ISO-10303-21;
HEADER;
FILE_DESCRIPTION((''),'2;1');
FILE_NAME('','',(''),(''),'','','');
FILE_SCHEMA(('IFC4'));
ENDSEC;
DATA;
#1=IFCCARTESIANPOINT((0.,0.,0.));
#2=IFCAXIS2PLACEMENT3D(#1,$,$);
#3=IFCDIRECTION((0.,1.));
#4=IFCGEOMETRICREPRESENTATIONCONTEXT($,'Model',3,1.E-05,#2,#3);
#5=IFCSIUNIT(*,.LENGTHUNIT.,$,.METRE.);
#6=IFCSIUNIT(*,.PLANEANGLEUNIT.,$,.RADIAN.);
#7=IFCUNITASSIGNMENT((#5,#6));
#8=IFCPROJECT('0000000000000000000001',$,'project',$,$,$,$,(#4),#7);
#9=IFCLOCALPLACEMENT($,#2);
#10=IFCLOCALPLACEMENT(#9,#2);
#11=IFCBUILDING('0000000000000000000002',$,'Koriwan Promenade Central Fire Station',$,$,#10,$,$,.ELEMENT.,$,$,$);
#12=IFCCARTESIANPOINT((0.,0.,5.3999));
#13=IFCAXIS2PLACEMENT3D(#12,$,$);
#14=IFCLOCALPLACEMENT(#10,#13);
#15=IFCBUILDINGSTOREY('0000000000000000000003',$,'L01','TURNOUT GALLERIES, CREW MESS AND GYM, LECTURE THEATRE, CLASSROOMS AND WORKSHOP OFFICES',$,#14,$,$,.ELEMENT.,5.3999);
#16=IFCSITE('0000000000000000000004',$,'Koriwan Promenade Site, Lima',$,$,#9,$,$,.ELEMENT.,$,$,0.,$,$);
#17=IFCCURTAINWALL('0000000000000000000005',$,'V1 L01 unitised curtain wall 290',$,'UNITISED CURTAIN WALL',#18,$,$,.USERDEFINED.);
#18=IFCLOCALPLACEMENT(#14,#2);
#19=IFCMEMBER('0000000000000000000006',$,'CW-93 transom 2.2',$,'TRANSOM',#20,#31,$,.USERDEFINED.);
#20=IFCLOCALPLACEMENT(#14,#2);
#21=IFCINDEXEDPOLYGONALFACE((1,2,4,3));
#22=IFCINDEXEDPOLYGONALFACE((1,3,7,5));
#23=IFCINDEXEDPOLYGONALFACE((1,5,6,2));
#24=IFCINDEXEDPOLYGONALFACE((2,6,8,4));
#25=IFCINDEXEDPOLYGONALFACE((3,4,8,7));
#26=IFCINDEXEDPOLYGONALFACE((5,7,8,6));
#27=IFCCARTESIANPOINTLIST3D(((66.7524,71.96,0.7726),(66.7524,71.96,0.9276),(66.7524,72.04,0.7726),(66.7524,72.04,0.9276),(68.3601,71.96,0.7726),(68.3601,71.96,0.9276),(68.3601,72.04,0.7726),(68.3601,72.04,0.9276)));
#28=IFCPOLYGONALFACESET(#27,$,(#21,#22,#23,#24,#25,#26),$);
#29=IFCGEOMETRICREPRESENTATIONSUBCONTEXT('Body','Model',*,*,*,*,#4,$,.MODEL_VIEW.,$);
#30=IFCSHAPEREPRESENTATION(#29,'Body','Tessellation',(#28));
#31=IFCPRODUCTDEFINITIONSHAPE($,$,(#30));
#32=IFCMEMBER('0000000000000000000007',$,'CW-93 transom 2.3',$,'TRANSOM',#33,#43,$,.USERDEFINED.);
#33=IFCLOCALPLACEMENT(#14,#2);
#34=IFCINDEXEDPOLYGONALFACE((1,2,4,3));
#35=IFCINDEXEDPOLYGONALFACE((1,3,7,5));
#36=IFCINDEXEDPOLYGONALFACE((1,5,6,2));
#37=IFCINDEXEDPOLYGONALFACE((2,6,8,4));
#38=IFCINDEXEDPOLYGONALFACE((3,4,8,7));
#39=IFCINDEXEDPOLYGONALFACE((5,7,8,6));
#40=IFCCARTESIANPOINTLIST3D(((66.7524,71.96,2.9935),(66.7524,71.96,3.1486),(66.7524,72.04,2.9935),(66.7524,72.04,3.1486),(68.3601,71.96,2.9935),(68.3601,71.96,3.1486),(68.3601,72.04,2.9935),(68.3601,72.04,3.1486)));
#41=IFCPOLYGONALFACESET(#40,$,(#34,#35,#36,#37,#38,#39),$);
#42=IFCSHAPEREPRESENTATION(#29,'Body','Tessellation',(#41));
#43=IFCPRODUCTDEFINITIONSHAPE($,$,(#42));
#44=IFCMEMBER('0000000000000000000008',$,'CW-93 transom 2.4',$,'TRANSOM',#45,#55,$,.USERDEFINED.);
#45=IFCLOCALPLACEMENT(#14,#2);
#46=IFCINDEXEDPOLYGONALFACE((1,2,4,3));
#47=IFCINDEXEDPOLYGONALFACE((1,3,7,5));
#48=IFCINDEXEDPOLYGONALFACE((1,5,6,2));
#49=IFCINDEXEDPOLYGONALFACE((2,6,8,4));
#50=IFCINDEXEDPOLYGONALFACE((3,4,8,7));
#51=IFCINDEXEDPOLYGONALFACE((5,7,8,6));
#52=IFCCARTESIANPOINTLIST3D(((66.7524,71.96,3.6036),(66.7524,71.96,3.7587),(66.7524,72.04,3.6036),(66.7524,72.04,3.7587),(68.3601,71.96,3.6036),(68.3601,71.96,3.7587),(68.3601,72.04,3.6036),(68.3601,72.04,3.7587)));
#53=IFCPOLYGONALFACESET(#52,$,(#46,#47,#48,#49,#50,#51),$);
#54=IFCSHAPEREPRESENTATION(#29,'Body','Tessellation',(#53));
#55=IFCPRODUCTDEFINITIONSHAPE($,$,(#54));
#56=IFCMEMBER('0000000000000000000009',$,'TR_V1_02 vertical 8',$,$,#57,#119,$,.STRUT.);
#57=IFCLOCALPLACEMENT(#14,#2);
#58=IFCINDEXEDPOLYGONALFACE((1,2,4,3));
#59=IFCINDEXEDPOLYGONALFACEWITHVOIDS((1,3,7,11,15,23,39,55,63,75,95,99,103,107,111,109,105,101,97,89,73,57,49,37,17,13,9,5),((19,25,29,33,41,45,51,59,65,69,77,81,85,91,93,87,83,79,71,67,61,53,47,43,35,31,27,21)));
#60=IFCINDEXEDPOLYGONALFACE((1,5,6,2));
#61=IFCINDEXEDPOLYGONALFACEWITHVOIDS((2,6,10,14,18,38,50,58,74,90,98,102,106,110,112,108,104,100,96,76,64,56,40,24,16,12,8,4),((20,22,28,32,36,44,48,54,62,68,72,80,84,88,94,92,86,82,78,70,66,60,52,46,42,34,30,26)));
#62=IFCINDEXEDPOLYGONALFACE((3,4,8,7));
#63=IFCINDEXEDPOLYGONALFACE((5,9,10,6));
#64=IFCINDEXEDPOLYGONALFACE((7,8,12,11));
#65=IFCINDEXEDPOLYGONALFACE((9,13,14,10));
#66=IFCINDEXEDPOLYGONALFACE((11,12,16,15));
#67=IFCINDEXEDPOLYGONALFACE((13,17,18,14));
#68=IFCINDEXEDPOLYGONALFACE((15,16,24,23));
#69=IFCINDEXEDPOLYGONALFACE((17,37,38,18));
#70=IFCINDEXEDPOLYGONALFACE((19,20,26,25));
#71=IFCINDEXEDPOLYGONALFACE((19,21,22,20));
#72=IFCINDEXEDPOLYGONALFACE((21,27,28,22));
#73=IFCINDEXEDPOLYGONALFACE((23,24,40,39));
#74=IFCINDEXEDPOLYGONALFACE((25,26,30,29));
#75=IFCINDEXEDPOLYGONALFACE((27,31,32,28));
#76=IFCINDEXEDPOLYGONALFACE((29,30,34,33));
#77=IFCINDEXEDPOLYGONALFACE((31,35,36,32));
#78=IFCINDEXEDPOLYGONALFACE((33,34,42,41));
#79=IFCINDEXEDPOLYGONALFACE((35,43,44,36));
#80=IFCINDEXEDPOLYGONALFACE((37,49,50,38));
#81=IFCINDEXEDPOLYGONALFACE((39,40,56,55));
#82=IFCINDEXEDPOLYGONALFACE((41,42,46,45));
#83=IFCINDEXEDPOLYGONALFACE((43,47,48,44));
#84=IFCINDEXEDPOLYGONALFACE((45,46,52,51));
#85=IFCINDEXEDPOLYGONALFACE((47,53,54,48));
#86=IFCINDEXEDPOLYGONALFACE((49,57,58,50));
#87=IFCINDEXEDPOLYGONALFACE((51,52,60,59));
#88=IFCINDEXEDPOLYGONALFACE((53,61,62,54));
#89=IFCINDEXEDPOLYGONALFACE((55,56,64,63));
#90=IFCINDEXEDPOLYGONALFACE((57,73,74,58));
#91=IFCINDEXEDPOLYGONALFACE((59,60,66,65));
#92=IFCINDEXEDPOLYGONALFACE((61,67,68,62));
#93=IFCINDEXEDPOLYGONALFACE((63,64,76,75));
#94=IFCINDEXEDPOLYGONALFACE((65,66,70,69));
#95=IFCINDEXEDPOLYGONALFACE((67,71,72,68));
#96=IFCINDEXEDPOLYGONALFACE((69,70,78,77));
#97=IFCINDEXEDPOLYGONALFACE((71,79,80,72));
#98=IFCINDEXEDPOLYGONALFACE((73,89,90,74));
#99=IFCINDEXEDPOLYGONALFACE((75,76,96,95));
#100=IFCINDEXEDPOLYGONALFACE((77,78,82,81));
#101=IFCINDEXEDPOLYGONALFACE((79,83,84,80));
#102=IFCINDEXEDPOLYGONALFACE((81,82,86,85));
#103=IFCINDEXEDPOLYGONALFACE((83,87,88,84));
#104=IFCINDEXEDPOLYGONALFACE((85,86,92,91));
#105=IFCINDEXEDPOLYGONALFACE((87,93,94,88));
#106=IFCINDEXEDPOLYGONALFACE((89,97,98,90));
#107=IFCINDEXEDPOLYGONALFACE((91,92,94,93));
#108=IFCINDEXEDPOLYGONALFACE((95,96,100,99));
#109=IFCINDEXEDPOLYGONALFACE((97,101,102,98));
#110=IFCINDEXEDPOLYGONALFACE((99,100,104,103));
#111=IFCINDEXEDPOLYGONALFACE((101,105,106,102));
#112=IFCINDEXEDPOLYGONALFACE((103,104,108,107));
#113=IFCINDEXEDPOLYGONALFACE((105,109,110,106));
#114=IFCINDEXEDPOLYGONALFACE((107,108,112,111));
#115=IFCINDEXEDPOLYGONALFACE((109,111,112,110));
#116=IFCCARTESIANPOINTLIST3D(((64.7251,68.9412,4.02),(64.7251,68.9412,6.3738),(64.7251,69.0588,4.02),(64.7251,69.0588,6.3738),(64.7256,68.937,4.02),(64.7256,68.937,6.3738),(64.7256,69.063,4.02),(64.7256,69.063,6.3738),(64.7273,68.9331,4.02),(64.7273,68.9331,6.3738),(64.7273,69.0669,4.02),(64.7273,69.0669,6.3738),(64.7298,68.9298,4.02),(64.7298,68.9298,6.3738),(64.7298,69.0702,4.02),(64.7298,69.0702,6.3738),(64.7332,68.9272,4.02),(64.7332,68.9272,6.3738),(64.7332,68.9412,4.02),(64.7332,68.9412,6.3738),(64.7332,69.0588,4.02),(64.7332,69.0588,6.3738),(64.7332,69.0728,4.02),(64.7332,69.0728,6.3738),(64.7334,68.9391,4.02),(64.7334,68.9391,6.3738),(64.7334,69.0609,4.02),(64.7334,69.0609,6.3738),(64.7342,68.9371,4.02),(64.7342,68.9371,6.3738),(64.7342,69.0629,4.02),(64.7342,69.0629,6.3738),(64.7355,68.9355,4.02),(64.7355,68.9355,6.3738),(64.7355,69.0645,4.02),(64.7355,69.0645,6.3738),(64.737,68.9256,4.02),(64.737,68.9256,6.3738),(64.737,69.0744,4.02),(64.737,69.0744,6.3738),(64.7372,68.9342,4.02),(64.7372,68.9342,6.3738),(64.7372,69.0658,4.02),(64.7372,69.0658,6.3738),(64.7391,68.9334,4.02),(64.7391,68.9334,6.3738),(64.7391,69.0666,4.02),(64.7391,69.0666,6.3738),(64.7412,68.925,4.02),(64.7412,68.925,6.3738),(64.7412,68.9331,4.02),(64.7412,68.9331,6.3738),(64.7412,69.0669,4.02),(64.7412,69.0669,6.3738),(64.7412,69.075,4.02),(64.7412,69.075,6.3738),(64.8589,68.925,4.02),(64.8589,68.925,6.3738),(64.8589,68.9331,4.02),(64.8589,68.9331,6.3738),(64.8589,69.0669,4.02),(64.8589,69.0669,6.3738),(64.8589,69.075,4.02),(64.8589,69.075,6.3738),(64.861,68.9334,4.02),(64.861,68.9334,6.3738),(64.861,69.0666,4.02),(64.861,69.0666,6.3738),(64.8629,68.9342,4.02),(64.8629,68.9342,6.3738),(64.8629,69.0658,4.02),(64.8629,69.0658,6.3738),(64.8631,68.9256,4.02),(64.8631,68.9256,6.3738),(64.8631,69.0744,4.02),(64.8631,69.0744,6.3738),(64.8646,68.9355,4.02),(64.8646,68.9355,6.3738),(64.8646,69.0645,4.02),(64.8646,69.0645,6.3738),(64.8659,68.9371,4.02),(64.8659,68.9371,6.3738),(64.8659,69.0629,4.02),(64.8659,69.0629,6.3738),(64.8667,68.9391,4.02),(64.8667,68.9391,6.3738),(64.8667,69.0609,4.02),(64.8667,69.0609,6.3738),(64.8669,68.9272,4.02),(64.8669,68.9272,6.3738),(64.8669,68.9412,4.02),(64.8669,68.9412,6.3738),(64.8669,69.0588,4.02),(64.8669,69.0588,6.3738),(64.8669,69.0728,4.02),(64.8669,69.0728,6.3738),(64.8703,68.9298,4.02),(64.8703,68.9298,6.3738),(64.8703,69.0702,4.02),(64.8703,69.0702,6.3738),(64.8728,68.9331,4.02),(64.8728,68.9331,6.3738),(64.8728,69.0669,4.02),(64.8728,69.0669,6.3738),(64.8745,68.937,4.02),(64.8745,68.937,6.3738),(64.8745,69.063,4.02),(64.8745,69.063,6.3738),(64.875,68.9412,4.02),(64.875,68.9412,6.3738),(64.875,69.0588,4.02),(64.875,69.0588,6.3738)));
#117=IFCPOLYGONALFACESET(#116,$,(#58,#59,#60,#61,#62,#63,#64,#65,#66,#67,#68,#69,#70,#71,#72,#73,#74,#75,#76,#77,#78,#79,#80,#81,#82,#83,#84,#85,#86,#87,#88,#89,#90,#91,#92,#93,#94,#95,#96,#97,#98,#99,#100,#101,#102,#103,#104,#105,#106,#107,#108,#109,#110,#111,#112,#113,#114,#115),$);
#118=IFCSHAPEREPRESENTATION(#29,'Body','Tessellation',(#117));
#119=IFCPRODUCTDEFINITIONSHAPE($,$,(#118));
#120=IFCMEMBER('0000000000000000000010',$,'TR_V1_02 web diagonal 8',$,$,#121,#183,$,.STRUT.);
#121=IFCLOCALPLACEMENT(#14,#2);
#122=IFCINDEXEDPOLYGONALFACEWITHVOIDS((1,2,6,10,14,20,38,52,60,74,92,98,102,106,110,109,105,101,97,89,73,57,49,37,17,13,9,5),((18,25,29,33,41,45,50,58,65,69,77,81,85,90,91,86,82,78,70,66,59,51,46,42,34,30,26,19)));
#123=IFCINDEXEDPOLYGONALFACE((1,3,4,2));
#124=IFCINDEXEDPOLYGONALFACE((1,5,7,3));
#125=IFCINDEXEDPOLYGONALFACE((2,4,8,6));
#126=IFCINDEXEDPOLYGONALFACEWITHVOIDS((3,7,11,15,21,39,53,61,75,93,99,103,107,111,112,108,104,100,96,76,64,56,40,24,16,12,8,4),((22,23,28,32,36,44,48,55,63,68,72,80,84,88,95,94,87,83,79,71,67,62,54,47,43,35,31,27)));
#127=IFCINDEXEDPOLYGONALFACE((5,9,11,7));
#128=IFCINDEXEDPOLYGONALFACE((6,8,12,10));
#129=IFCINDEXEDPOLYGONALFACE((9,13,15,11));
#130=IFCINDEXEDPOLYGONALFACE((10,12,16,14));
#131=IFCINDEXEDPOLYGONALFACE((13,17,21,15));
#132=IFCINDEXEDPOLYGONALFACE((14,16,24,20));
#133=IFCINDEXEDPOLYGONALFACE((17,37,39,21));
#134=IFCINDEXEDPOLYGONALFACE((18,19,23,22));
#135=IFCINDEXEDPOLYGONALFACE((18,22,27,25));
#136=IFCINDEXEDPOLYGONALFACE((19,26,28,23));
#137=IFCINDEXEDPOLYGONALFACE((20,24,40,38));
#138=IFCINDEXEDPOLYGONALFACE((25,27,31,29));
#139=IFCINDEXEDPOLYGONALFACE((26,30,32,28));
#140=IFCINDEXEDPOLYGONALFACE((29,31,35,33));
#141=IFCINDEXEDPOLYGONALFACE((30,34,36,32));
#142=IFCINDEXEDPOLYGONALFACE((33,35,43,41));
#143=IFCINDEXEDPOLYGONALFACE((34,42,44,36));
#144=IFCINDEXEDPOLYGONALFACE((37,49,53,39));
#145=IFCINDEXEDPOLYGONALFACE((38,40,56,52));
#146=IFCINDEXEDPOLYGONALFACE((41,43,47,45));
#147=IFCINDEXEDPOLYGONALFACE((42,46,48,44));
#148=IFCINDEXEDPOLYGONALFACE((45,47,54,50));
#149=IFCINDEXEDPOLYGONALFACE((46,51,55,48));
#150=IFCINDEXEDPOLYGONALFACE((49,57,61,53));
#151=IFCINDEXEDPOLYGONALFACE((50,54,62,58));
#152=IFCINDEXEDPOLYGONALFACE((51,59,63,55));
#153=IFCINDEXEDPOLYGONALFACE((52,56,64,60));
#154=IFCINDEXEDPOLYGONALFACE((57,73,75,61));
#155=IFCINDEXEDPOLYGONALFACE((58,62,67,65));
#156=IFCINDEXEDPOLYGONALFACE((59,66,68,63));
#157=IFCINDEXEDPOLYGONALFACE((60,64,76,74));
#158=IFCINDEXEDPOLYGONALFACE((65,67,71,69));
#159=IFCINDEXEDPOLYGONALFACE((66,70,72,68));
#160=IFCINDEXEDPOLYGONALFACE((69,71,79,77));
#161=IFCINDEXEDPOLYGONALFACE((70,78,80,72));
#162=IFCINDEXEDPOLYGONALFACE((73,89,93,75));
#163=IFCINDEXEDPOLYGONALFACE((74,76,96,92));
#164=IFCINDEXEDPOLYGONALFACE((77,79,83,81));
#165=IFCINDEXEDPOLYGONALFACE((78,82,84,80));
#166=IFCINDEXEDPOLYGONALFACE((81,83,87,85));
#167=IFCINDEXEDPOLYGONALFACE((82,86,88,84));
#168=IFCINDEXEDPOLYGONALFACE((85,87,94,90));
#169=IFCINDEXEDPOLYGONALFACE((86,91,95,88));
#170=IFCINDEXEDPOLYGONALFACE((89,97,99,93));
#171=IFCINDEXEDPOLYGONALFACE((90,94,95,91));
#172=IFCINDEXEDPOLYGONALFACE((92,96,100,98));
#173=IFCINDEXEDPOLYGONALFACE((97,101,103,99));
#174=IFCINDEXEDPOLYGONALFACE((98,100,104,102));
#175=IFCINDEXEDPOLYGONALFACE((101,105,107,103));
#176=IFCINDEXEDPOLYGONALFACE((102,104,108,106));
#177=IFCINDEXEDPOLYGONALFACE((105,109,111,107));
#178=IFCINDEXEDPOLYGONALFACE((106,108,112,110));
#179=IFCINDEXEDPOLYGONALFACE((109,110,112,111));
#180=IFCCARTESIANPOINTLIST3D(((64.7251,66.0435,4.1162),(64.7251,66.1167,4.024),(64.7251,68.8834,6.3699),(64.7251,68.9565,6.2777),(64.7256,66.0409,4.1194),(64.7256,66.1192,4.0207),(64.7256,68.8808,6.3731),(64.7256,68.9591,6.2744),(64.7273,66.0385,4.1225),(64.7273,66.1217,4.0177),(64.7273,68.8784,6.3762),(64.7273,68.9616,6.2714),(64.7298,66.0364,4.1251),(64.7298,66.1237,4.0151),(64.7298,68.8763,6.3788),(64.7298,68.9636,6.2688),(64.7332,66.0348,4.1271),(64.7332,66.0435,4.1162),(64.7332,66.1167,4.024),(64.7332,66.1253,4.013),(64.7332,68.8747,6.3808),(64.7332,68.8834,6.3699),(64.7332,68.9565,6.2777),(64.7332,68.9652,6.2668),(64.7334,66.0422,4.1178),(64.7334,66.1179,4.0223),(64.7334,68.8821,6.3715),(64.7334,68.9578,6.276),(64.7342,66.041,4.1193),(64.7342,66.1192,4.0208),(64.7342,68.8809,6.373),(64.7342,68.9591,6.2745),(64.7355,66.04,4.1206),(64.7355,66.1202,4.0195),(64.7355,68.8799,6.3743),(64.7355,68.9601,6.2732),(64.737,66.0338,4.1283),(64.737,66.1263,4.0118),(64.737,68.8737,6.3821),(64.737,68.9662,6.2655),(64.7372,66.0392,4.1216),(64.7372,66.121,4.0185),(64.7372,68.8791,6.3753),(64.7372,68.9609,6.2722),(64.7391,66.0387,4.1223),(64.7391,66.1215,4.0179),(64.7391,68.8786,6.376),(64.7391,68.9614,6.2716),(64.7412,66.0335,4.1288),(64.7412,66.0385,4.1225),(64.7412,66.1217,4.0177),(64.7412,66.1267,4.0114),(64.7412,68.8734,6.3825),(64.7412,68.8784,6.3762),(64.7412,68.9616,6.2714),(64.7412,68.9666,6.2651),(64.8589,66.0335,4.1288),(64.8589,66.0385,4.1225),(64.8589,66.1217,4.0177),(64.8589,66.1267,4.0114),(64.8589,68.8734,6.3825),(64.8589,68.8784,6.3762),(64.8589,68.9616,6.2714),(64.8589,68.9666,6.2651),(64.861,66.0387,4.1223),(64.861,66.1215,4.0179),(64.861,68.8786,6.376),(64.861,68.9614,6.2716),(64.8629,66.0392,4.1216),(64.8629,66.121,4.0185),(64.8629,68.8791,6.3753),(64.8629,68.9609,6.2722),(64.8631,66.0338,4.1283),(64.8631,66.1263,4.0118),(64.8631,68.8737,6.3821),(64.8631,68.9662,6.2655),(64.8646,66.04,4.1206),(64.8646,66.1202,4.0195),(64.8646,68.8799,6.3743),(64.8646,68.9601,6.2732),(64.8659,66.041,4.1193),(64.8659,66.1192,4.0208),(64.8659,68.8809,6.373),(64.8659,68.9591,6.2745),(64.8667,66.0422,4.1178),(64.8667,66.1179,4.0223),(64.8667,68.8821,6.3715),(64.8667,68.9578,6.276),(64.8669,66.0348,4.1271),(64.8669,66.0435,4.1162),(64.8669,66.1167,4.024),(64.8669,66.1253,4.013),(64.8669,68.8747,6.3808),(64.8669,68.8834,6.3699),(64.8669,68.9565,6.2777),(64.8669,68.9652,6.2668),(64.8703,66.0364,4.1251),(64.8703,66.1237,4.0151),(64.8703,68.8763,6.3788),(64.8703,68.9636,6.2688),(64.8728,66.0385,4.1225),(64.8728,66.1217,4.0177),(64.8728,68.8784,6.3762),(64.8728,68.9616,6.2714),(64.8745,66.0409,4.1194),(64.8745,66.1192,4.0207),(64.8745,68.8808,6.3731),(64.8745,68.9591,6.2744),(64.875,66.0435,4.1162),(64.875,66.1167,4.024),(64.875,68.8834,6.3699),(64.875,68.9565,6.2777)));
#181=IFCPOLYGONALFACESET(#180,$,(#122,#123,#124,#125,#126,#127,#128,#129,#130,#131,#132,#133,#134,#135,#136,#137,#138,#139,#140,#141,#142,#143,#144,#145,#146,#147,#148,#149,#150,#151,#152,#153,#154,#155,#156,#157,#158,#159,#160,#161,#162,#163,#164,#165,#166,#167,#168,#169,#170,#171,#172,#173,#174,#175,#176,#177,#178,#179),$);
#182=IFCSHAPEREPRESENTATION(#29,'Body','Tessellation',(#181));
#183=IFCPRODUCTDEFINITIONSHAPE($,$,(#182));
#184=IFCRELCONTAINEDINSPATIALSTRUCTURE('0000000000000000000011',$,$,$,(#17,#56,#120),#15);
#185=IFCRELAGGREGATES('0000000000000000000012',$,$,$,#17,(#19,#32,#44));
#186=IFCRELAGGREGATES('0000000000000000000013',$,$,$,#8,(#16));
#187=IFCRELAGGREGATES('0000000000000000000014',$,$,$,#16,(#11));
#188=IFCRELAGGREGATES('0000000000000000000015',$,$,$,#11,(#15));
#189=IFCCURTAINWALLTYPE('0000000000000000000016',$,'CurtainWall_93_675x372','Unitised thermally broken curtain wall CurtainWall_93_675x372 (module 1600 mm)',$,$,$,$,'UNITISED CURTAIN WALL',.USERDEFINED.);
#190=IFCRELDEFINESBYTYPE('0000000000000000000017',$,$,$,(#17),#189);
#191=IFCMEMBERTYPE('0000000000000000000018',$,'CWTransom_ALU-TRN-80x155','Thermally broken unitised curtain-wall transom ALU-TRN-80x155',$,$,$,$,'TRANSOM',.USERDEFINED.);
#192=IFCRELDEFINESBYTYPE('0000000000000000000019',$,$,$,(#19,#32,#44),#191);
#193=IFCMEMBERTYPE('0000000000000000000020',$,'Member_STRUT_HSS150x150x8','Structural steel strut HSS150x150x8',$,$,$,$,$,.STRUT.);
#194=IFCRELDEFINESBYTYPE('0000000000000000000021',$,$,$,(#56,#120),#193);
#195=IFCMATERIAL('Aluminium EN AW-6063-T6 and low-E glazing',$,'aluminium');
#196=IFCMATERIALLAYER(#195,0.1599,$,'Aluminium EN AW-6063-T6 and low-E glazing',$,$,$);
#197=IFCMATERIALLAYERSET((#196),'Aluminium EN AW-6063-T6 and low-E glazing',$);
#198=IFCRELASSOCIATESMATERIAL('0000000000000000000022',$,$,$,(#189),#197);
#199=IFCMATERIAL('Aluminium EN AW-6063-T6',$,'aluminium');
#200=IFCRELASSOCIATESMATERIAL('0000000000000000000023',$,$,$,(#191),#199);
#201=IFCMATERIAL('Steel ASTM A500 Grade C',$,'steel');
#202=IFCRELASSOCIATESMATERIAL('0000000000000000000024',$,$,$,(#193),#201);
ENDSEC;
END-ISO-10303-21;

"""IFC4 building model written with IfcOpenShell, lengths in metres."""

from ifc_helpers import new_model, si_unit, direction, frame, origin, origin_2d, place, context, subcontext, project, spatial, rectangle, hollow_rectangle, extrude, material, layer, layer_set, material_profile, profile_set, type_object, element, aggregate, save


model = new_model("IFC4")

# Units and contexts
model_context = context("Model", 3, precision=1e-05, world=origin(), true_north=direction((0.0, 1.0)))
body_context = subcontext(model_context, "Body", "Model", "MODEL_VIEW")
ifc_project = project(units=[si_unit("LENGTHUNIT", "METRE"), si_unit("PLANEANGLEUNIT", "RADIAN")], contexts=[model_context])

# Site, building, storey
site_placement = place(None, origin())
site = spatial("IfcSite", under=ifc_project, at=site_placement, Name="Koriwan Promenade Site, Lima", CompositionType="ELEMENT", RefElevation=0.0)
building_placement = place(site_placement, origin())
building = spatial("IfcBuilding", under=site, at=building_placement, Name="Koriwan Promenade Central Fire Station", CompositionType="ELEMENT")
storey_placement = place(building_placement, frame((0.0, 0.0, 5.3999)))
storey = spatial("IfcBuildingStorey", under=building, at=storey_placement, Name="L01", Description="TURNOUT GALLERIES, CREW MESS AND GYM, LECTURE THEATRE, CLASSROOMS AND WORKSHOP OFFICES", CompositionType="ELEMENT", Elevation=5.3999)

# Curtain wall
ifc_material_1 = material(Name="Aluminium EN AW-6063-T6 and low-E glazing", Category="aluminium")
ifc_material_2 = material(Name="Aluminium EN AW-6063-T6", Category="aluminium")
ifc_layer_1 = layer(ifc_material_1, 0.1599, Name="Aluminium EN AW-6063-T6 and low-E glazing")
ifc_layer_set_1 = layer_set([ifc_layer_1], Name="Aluminium EN AW-6063-T6 and low-E glazing")
curtain_wall_type_1 = type_object("IfcCurtainWallType", Name="CurtainWall_93_675x372", Description="Unitised thermally broken curtain wall CurtainWall_93_675x372 (module 1600 mm)", ElementType="UNITISED CURTAIN WALL", PredefinedType="USERDEFINED", material=ifc_layer_set_1)
curtain_wall_1_placement = place(storey_placement, origin())
curtain_wall_1 = element("IfcCurtainWall", 1, at=curtain_wall_1_placement, inside=storey, type_object=curtain_wall_type_1, Name="V1 L01 unitised curtain wall 290", ObjectType="UNITISED CURTAIN WALL", PredefinedType="USERDEFINED")

# Members
ifc_material_profile_1 = material_profile(ifc_material_2, rectangle(XDim=0.0801, YDim=0.155, at=origin_2d()), Name="ALU-TRN-80x155")
ifc_profile_set_1 = profile_set([ifc_material_profile_1], Name="Aluminium EN AW-6063-T6")
member_type_1 = type_object("IfcMemberType", Name="CWTransom_ALU-TRN-80x155", Description="Thermally broken unitised curtain-wall transom ALU-TRN-80x155", ElementType="TRANSOM", PredefinedType="USERDEFINED", material=ifc_profile_set_1)
member_1_placement = place(storey_placement, frame((66.7524, 72.0, 0.8501), z_axis=(1.0, 0.0, 0.0), x_axis=(0.0, 1.0, 0.0)))
member_1 = element("IfcMember", 2, at=member_1_placement, type_object=member_type_1, Name="CW-93 transom 2.2", ObjectType="TRANSOM", PredefinedType="USERDEFINED", context=body_context, shape_type="SweptSolid", body=[
    extrude(rectangle(XDim=0.0801, YDim=0.155, at=origin_2d()), origin(), (0.0, 0.0, 1.0), 1.6077),
])
member_2_placement = place(storey_placement, frame((66.7524, 72.0, 3.071), z_axis=(1.0, 0.0, 0.0), x_axis=(0.0, 1.0, 0.0)))
member_2 = element("IfcMember", 3, at=member_2_placement, type_object=member_type_1, Name="CW-93 transom 2.3", ObjectType="TRANSOM", PredefinedType="USERDEFINED", context=body_context, shape_type="SweptSolid", body=[
    extrude(rectangle(XDim=0.0801, YDim=0.155, at=origin_2d()), origin(), (0.0, 0.0, 1.0), 1.6077),
])
member_3_placement = place(storey_placement, frame((66.7524, 72.0, 3.6812), z_axis=(1.0, 0.0, 0.0), x_axis=(0.0, 1.0, 0.0)))
member_3 = element("IfcMember", 4, at=member_3_placement, type_object=member_type_1, Name="CW-93 transom 2.4", ObjectType="TRANSOM", PredefinedType="USERDEFINED", context=body_context, shape_type="SweptSolid", body=[
    extrude(rectangle(XDim=0.0801, YDim=0.155, at=origin_2d()), origin(), (0.0, 0.0, 1.0), 1.6077),
])

# Members
ifc_material_3 = material(Name="Steel ASTM A500 Grade C", Category="steel")
ifc_material_profile_2 = material_profile(ifc_material_3, hollow_rectangle(XDim=0.1499, YDim=0.1499, WallThickness=0.0081, InnerFilletRadius=0.0081, OuterFilletRadius=0.0161, at=origin_2d()), Name="HSS150x150x8")
ifc_profile_set_2 = profile_set([ifc_material_profile_2], Name="Steel ASTM A500 Grade C")
member_type_2 = type_object("IfcMemberType", Name="Member_STRUT_HSS150x150x8", Description="Structural steel strut HSS150x150x8", PredefinedType="STRUT", material=ifc_profile_set_2)
member_4_placement = place(storey_placement, frame((64.8, 69.0, 4.02), z_axis=(0.0, 0.0, 1.0), x_axis=(1.0, 0.0, 0.0)))
element("IfcMember", 5, at=member_4_placement, inside=storey, type_object=member_type_2, Name="TR_V1_02 vertical 8", PredefinedType="STRUT", context=body_context, shape_type="SweptSolid", body=[
    extrude(hollow_rectangle(XDim=0.1499, YDim=0.1499, WallThickness=0.0081, InnerFilletRadius=0.0081, OuterFilletRadius=0.0161, at=origin_2d()), origin(), (0.0, 0.0, 1.0), 2.3538),
])
member_5_placement = place(storey_placement, frame((64.8, 66.0801, 4.0701), z_axis=(0.0, 0.783313, 0.621627), x_axis=(-1.0, 0.0, 0.0)))
element("IfcMember", 6, at=member_5_placement, inside=storey, type_object=member_type_2, Name="TR_V1_02 web diagonal 8", PredefinedType="STRUT", context=body_context, shape_type="SweptSolid", body=[
    extrude(hollow_rectangle(XDim=0.1499, YDim=0.1499, WallThickness=0.0081, InnerFilletRadius=0.0081, OuterFilletRadius=0.0161, at=origin_2d()), origin(), (0.0, 0.0, 1.0), 3.6255),
])

aggregate(curtain_wall_1, [member_1, member_2, member_3])

save(model, "model.ifc")
